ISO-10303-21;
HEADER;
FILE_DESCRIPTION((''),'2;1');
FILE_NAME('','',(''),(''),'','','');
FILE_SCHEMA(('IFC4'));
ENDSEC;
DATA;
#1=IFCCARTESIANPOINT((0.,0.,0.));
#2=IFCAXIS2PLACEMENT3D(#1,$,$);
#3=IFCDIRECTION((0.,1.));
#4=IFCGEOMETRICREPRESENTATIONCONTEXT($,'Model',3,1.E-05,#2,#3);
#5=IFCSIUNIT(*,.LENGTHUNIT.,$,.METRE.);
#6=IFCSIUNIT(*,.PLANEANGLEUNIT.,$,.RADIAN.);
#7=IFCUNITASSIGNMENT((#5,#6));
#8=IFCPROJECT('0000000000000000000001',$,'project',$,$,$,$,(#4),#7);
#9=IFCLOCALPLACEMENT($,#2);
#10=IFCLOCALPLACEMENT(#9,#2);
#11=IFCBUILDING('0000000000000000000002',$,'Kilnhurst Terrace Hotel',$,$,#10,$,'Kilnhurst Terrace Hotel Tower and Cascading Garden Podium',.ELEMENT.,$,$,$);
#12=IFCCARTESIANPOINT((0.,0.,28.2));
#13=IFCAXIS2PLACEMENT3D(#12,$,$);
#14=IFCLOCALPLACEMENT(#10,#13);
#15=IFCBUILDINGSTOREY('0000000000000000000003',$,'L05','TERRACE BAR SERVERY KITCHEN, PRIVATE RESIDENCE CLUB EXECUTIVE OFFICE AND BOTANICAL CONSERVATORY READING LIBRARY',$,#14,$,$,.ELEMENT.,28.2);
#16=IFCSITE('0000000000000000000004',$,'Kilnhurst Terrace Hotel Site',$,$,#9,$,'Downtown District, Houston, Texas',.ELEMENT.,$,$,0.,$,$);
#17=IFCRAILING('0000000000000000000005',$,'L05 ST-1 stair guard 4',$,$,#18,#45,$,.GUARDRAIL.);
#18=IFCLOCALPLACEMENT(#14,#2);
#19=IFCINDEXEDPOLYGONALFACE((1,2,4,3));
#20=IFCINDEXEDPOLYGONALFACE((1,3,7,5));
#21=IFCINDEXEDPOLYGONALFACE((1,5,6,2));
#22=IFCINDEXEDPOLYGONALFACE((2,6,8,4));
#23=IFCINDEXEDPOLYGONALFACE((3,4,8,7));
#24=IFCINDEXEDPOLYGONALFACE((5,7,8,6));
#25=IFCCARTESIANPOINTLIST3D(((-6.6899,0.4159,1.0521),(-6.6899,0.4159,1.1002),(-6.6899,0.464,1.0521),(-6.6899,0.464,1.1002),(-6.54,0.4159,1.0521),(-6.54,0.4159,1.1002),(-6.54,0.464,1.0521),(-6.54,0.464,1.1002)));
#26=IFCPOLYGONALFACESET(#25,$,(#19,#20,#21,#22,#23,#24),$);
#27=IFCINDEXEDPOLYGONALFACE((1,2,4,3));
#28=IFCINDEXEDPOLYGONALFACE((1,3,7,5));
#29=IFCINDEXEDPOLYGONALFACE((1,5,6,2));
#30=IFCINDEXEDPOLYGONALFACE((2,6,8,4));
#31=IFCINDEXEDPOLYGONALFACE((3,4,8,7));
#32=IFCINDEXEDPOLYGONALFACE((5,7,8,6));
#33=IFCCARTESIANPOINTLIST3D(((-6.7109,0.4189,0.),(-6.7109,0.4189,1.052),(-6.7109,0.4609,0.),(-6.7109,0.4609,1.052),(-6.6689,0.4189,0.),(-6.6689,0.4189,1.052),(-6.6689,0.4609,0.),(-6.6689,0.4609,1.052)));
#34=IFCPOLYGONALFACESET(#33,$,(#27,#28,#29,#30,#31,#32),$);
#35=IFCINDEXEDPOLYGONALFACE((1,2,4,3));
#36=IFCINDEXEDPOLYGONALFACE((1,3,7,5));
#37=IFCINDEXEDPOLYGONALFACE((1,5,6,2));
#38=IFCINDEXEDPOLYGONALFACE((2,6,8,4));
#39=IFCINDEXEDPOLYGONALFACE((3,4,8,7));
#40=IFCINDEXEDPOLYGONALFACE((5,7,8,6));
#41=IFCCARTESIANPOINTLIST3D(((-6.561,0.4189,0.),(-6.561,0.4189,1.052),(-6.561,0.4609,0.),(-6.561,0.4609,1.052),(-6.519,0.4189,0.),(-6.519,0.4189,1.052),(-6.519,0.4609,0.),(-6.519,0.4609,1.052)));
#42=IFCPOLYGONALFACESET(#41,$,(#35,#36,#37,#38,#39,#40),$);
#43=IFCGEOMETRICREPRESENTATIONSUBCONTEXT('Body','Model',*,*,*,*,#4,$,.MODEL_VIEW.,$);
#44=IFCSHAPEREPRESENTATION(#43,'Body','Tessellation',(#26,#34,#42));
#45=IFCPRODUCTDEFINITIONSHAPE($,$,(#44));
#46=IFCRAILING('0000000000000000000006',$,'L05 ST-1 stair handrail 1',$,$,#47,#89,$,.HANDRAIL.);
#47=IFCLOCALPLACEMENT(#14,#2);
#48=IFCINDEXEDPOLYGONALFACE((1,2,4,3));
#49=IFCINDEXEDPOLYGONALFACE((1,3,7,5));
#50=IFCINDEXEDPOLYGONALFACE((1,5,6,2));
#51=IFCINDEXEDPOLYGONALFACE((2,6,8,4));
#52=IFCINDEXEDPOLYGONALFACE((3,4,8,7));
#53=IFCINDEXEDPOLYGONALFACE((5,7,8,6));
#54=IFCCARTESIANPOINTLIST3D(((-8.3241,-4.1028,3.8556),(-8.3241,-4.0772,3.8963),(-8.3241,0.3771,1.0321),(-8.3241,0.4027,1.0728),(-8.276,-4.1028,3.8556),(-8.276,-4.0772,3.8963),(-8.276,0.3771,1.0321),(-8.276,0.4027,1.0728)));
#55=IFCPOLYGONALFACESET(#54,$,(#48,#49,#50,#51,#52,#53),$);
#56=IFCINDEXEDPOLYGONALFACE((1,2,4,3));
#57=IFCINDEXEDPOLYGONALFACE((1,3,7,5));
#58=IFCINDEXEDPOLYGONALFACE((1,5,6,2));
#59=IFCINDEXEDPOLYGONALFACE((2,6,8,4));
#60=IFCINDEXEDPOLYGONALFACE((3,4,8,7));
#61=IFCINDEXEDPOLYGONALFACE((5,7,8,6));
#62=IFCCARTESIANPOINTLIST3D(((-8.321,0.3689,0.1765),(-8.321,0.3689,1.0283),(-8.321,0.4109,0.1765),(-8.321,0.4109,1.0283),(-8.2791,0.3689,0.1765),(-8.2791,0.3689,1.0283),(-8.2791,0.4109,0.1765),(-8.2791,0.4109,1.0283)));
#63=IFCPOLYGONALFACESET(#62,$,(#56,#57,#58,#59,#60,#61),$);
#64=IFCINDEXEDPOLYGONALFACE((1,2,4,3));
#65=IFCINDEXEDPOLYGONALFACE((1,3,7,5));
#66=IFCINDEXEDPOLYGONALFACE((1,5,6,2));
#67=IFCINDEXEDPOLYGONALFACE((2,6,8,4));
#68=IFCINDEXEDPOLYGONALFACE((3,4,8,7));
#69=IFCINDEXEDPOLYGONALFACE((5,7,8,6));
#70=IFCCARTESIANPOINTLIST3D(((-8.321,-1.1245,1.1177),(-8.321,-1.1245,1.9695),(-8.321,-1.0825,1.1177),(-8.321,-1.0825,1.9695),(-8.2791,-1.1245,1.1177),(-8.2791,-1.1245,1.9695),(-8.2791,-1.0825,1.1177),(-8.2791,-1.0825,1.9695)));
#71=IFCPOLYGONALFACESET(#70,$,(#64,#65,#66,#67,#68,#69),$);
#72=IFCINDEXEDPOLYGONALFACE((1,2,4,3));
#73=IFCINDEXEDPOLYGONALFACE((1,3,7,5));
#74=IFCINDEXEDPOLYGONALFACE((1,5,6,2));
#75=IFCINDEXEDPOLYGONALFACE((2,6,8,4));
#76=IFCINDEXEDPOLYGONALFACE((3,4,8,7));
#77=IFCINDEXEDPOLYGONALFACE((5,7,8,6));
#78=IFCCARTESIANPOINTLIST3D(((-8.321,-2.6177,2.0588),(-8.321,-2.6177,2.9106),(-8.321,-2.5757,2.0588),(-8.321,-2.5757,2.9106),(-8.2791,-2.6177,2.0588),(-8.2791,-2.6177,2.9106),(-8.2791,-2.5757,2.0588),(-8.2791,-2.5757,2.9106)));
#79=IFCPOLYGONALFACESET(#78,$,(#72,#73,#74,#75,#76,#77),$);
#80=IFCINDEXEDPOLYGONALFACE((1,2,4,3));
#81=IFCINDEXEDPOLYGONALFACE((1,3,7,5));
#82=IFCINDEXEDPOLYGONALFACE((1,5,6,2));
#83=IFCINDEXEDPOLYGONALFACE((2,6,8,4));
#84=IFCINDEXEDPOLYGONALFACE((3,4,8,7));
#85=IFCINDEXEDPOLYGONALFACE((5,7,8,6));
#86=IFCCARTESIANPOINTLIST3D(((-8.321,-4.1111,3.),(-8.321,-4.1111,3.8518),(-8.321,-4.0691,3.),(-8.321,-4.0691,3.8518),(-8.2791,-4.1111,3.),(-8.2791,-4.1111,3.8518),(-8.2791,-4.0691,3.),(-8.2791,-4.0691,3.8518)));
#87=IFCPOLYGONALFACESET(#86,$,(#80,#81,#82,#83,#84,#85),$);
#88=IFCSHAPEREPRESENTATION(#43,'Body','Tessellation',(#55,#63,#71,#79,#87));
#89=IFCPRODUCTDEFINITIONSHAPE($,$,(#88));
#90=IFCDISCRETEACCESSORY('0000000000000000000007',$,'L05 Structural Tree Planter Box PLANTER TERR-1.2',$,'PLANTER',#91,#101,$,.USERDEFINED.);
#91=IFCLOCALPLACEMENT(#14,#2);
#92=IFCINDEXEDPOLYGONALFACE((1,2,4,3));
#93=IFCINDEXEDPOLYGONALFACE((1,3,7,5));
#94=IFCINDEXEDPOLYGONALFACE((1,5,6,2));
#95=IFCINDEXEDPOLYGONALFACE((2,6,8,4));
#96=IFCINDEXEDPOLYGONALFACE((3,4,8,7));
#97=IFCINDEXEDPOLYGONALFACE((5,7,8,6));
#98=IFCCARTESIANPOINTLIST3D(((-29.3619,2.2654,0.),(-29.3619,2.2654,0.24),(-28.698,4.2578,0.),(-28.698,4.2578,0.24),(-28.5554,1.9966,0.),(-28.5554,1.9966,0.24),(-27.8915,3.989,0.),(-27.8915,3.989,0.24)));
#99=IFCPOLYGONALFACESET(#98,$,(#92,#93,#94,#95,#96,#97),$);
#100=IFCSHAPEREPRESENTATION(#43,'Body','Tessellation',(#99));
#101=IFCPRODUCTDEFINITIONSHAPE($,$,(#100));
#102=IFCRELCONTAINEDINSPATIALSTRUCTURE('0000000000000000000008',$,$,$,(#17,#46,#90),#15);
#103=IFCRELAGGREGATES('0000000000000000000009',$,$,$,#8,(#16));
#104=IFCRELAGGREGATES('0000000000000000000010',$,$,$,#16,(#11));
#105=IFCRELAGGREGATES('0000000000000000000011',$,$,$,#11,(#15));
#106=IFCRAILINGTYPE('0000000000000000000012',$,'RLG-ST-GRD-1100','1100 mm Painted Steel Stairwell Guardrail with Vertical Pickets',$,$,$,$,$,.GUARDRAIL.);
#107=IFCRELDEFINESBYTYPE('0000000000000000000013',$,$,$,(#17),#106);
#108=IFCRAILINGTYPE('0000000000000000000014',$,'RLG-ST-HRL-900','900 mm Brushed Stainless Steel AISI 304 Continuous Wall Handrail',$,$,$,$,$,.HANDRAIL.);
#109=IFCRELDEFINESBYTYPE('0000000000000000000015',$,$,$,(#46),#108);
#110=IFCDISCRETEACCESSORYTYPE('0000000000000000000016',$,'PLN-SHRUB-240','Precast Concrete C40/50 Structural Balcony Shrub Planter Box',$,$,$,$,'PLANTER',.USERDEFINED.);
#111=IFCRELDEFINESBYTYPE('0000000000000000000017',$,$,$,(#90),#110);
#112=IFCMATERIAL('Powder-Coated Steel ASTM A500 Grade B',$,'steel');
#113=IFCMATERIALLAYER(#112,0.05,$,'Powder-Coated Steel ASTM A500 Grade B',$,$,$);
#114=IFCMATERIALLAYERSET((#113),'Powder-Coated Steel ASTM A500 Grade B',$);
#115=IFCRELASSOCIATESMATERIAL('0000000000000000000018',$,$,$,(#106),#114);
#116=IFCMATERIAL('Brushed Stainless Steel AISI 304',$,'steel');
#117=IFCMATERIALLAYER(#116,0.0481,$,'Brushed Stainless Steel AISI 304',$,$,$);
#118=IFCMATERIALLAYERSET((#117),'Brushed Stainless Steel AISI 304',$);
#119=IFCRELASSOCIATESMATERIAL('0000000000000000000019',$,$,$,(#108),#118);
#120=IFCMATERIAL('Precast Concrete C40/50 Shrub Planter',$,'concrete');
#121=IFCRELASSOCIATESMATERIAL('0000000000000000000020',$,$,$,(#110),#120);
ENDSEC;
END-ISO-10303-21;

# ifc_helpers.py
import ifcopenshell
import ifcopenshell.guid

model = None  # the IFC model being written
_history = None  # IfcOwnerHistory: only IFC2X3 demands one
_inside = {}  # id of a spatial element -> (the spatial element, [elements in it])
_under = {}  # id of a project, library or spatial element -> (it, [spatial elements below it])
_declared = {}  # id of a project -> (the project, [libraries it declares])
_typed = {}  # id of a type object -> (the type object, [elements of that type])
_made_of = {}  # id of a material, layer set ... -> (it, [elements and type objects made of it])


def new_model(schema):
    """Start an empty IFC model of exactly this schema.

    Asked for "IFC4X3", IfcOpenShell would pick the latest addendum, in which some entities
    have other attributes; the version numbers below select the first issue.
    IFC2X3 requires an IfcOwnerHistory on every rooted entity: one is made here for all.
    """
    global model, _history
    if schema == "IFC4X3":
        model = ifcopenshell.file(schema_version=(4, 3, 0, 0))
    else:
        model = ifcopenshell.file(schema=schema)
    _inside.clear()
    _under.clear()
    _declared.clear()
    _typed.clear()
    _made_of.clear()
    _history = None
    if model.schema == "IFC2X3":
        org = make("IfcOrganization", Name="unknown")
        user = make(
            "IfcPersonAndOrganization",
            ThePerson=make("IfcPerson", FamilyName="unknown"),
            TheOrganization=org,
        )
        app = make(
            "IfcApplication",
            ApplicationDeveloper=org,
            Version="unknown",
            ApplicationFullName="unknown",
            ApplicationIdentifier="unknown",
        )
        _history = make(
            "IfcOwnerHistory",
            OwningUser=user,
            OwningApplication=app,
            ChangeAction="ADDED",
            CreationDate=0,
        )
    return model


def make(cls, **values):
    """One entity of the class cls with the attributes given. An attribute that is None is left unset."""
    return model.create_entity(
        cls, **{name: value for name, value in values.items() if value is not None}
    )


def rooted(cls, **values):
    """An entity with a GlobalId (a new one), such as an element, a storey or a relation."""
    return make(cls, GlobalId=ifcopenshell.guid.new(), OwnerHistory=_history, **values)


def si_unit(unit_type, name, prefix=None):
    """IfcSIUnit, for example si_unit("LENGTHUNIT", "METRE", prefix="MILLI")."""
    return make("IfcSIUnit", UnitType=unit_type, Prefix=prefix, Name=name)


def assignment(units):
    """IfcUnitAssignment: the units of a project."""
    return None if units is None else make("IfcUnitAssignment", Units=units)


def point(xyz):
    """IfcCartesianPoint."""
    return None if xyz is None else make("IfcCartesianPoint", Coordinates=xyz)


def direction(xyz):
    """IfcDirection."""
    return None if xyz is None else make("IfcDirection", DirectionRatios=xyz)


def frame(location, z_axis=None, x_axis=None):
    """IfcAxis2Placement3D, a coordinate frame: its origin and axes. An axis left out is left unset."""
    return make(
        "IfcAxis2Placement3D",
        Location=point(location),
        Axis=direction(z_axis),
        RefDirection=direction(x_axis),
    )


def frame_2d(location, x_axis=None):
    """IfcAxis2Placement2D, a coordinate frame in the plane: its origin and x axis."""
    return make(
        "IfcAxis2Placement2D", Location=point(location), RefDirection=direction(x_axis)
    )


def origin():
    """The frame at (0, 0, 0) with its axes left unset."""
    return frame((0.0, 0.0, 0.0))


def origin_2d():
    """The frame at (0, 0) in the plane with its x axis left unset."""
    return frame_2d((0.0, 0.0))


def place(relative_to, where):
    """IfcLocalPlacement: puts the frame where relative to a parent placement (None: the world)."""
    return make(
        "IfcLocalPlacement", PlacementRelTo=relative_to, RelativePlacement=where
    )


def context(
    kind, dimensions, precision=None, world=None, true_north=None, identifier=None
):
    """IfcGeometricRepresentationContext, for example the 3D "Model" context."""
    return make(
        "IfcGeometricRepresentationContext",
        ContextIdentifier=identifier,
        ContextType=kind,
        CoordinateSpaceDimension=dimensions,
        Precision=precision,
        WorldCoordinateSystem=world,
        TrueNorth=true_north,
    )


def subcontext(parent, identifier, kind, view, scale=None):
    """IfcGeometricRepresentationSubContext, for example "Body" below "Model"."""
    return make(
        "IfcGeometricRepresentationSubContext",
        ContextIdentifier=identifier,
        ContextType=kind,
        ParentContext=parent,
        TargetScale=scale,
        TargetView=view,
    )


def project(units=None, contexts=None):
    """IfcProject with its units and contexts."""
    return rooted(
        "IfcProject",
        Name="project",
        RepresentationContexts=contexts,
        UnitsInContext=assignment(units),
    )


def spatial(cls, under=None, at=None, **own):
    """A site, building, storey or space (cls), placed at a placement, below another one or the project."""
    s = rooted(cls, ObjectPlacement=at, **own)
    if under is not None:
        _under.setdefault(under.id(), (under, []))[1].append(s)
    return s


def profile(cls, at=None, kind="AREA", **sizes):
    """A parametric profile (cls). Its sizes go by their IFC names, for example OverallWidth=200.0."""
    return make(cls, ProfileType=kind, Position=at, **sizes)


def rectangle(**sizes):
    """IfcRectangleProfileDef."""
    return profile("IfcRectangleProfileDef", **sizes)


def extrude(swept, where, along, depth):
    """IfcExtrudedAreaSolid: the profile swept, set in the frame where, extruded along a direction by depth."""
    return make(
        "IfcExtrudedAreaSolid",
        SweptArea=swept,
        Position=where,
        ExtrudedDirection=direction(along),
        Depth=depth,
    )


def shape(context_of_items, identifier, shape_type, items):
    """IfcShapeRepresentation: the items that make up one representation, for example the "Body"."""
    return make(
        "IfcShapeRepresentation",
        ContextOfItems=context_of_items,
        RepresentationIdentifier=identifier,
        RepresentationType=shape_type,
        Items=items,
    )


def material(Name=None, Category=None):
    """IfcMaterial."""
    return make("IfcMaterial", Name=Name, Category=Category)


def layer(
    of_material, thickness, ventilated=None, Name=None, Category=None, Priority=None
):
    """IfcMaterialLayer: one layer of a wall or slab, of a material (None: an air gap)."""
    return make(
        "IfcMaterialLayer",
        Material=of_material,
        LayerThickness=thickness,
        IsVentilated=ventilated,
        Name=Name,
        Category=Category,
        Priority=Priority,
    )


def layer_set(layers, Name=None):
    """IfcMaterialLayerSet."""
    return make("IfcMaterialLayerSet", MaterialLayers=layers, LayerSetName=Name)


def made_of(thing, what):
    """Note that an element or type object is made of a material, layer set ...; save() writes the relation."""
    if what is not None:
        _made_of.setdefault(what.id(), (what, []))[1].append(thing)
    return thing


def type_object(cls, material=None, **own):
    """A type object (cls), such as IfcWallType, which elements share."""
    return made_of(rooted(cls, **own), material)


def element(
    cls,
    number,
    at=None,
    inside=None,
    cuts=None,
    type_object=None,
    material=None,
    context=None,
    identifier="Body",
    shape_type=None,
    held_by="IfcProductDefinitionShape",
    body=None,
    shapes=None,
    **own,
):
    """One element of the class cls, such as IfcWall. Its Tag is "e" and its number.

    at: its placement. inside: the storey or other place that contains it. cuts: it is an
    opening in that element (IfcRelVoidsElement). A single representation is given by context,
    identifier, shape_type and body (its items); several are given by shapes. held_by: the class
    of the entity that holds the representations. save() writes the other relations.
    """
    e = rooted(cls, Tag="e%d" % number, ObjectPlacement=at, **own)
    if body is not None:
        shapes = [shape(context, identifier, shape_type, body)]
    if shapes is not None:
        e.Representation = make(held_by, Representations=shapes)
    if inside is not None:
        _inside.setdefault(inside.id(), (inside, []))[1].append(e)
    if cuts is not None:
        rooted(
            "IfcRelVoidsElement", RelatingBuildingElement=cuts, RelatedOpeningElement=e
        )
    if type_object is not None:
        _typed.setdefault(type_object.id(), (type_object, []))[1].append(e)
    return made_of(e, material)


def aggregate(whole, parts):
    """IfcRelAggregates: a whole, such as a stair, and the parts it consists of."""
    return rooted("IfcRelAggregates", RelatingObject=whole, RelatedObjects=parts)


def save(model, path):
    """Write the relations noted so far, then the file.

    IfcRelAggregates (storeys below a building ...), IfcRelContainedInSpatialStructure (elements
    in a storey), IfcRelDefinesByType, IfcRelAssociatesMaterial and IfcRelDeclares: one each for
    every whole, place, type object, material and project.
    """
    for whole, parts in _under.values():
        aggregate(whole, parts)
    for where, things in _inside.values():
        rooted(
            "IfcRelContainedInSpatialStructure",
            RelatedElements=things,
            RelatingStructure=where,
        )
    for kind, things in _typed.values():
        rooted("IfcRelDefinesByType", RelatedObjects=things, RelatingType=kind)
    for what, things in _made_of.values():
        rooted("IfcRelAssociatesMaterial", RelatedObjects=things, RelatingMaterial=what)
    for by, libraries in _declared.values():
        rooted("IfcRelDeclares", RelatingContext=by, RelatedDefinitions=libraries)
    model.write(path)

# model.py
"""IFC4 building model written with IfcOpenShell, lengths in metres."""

from ifc_helpers import new_model, si_unit, direction, frame, origin, origin_2d, place, context, subcontext, project, spatial, rectangle, extrude, material, layer, layer_set, type_object, element, save


model = new_model("IFC4")

# Units and contexts
model_context = context("Model", 3, precision=1e-05, world=origin(), true_north=direction((0.0, 1.0)))
body_context = subcontext(model_context, "Body", "Model", "MODEL_VIEW")
ifc_project = project(units=[si_unit("LENGTHUNIT", "METRE"), si_unit("PLANEANGLEUNIT", "RADIAN")], contexts=[model_context])

# Site, building, storey
site_placement = place(None, origin())
site = spatial("IfcSite", under=ifc_project, at=site_placement, Name="Kilnhurst Terrace Hotel Site", LongName="Downtown District, Houston, Texas", CompositionType="ELEMENT", RefElevation=0.0)
building_placement = place(site_placement, origin())
building = spatial("IfcBuilding", under=site, at=building_placement, Name="Kilnhurst Terrace Hotel", LongName="Kilnhurst Terrace Hotel Tower and Cascading Garden Podium", CompositionType="ELEMENT")
storey_placement = place(building_placement, frame((0.0, 0.0, 28.2)))
storey = spatial("IfcBuildingStorey", under=building, at=storey_placement, Name="L05", Description="TERRACE BAR SERVERY KITCHEN, PRIVATE RESIDENCE CLUB EXECUTIVE OFFICE AND BOTANICAL CONSERVATORY READING LIBRARY", CompositionType="ELEMENT", Elevation=28.2)

# Railings
ifc_material_1 = material(Name="Powder-Coated Steel ASTM A500 Grade B", Category="steel")
ifc_layer_1 = layer(ifc_material_1, 0.05, Name="Powder-Coated Steel ASTM A500 Grade B")
ifc_layer_set_1 = layer_set([ifc_layer_1], Name="Powder-Coated Steel ASTM A500 Grade B")
railing_type_1 = type_object("IfcRailingType", Name="RLG-ST-GRD-1100", Description="1100 mm Painted Steel Stairwell Guardrail with Vertical Pickets", PredefinedType="GUARDRAIL", material=ifc_layer_set_1)
railing_1_placement = place(storey_placement, frame((-6.6899, 0.4399, 0.0)))
element("IfcRailing", 1, at=railing_1_placement, inside=storey, type_object=railing_type_1, Name="L05 ST-1 stair guard 4", PredefinedType="GUARDRAIL", context=body_context, shape_type="SweptSolid", body=[
    extrude(rectangle(XDim=0.0481, YDim=0.0481, at=origin_2d()), frame((0.0, 0.0, 1.0762), z_axis=(1.0, 0.0, 0.0), x_axis=(0.0, 1.0, 0.0)), (0.0, 0.0, 1.0), 0.1499),
    extrude(rectangle(XDim=0.042, YDim=0.042, at=origin_2d()), origin(), (0.0, 0.0, 1.0), 1.052),
    extrude(rectangle(XDim=0.042, YDim=0.042, at=origin_2d()), frame((0.1499, 0.0, 0.0)), (0.0, 0.0, 1.0), 1.052),
])
ifc_material_2 = material(Name="Brushed Stainless Steel AISI 304", Category="steel")
ifc_layer_2 = layer(ifc_material_2, 0.0481, Name="Brushed Stainless Steel AISI 304")
ifc_layer_set_2 = layer_set([ifc_layer_2], Name="Brushed Stainless Steel AISI 304")
railing_type_2 = type_object("IfcRailingType", Name="RLG-ST-HRL-900", Description="900 mm Brushed Stainless Steel AISI 304 Continuous Wall Handrail", PredefinedType="HANDRAIL", material=ifc_layer_set_2)
railing_2_placement = place(storey_placement, frame((-8.3, 0.3899, 0.1765)))
element("IfcRailing", 2, at=railing_2_placement, inside=storey, type_object=railing_type_2, Name="L05 ST-1 stair handrail 1", PredefinedType="HANDRAIL", context=body_context, shape_type="SweptSolid", body=[
    extrude(rectangle(XDim=0.0481, YDim=0.0481, at=origin_2d()), frame((0.0, 0.0, 0.876), z_axis=(0.0, -0.845998, 0.533186), x_axis=(1.0, 0.0, 0.0)), (0.0, 0.0, 1.0), 5.2954),
    extrude(rectangle(XDim=0.042, YDim=0.042, at=origin_2d()), origin(), (0.0, 0.0, 1.0), 0.8518),
    extrude(rectangle(XDim=0.042, YDim=0.042, at=origin_2d()), frame((0.0, -1.4934, 0.9412)), (0.0, 0.0, 1.0), 0.8518),
    extrude(rectangle(XDim=0.042, YDim=0.042, at=origin_2d()), frame((0.0, -2.9866, 1.8823)), (0.0, 0.0, 1.0), 0.8518),
    extrude(rectangle(XDim=0.042, YDim=0.042, at=origin_2d()), frame((0.0, -4.48, 2.8235)), (0.0, 0.0, 1.0), 0.8518),
])

# Discrete accessory
ifc_material_3 = material(Name="Precast Concrete C40/50 Shrub Planter", Category="concrete")
discrete_accessory_type = type_object("IfcDiscreteAccessoryType", Name="PLN-SHRUB-240", Description="Precast Concrete C40/50 Structural Balcony Shrub Planter Box", ElementType="PLANTER", PredefinedType="USERDEFINED", material=ifc_material_3)
discrete_accessory_placement = place(storey_placement, frame((-28.6267, 3.1272, 0.0), z_axis=(0.0, 0.0, 1.0), x_axis=(-0.316129, -0.948716, 0.0)))
element("IfcDiscreteAccessory", 3, at=discrete_accessory_placement, inside=storey, type_object=discrete_accessory_type, Name="L05 Structural Tree Planter Box PLANTER TERR-1.2", ObjectType="PLANTER", PredefinedType="USERDEFINED", context=body_context, shape_type="SweptSolid", body=[
    extrude(rectangle(XDim=2.1001, YDim=0.8501, at=origin_2d()), origin(), (0.0, 0.0, 1.0), 0.24),
])

save(model, "model.ifc")
